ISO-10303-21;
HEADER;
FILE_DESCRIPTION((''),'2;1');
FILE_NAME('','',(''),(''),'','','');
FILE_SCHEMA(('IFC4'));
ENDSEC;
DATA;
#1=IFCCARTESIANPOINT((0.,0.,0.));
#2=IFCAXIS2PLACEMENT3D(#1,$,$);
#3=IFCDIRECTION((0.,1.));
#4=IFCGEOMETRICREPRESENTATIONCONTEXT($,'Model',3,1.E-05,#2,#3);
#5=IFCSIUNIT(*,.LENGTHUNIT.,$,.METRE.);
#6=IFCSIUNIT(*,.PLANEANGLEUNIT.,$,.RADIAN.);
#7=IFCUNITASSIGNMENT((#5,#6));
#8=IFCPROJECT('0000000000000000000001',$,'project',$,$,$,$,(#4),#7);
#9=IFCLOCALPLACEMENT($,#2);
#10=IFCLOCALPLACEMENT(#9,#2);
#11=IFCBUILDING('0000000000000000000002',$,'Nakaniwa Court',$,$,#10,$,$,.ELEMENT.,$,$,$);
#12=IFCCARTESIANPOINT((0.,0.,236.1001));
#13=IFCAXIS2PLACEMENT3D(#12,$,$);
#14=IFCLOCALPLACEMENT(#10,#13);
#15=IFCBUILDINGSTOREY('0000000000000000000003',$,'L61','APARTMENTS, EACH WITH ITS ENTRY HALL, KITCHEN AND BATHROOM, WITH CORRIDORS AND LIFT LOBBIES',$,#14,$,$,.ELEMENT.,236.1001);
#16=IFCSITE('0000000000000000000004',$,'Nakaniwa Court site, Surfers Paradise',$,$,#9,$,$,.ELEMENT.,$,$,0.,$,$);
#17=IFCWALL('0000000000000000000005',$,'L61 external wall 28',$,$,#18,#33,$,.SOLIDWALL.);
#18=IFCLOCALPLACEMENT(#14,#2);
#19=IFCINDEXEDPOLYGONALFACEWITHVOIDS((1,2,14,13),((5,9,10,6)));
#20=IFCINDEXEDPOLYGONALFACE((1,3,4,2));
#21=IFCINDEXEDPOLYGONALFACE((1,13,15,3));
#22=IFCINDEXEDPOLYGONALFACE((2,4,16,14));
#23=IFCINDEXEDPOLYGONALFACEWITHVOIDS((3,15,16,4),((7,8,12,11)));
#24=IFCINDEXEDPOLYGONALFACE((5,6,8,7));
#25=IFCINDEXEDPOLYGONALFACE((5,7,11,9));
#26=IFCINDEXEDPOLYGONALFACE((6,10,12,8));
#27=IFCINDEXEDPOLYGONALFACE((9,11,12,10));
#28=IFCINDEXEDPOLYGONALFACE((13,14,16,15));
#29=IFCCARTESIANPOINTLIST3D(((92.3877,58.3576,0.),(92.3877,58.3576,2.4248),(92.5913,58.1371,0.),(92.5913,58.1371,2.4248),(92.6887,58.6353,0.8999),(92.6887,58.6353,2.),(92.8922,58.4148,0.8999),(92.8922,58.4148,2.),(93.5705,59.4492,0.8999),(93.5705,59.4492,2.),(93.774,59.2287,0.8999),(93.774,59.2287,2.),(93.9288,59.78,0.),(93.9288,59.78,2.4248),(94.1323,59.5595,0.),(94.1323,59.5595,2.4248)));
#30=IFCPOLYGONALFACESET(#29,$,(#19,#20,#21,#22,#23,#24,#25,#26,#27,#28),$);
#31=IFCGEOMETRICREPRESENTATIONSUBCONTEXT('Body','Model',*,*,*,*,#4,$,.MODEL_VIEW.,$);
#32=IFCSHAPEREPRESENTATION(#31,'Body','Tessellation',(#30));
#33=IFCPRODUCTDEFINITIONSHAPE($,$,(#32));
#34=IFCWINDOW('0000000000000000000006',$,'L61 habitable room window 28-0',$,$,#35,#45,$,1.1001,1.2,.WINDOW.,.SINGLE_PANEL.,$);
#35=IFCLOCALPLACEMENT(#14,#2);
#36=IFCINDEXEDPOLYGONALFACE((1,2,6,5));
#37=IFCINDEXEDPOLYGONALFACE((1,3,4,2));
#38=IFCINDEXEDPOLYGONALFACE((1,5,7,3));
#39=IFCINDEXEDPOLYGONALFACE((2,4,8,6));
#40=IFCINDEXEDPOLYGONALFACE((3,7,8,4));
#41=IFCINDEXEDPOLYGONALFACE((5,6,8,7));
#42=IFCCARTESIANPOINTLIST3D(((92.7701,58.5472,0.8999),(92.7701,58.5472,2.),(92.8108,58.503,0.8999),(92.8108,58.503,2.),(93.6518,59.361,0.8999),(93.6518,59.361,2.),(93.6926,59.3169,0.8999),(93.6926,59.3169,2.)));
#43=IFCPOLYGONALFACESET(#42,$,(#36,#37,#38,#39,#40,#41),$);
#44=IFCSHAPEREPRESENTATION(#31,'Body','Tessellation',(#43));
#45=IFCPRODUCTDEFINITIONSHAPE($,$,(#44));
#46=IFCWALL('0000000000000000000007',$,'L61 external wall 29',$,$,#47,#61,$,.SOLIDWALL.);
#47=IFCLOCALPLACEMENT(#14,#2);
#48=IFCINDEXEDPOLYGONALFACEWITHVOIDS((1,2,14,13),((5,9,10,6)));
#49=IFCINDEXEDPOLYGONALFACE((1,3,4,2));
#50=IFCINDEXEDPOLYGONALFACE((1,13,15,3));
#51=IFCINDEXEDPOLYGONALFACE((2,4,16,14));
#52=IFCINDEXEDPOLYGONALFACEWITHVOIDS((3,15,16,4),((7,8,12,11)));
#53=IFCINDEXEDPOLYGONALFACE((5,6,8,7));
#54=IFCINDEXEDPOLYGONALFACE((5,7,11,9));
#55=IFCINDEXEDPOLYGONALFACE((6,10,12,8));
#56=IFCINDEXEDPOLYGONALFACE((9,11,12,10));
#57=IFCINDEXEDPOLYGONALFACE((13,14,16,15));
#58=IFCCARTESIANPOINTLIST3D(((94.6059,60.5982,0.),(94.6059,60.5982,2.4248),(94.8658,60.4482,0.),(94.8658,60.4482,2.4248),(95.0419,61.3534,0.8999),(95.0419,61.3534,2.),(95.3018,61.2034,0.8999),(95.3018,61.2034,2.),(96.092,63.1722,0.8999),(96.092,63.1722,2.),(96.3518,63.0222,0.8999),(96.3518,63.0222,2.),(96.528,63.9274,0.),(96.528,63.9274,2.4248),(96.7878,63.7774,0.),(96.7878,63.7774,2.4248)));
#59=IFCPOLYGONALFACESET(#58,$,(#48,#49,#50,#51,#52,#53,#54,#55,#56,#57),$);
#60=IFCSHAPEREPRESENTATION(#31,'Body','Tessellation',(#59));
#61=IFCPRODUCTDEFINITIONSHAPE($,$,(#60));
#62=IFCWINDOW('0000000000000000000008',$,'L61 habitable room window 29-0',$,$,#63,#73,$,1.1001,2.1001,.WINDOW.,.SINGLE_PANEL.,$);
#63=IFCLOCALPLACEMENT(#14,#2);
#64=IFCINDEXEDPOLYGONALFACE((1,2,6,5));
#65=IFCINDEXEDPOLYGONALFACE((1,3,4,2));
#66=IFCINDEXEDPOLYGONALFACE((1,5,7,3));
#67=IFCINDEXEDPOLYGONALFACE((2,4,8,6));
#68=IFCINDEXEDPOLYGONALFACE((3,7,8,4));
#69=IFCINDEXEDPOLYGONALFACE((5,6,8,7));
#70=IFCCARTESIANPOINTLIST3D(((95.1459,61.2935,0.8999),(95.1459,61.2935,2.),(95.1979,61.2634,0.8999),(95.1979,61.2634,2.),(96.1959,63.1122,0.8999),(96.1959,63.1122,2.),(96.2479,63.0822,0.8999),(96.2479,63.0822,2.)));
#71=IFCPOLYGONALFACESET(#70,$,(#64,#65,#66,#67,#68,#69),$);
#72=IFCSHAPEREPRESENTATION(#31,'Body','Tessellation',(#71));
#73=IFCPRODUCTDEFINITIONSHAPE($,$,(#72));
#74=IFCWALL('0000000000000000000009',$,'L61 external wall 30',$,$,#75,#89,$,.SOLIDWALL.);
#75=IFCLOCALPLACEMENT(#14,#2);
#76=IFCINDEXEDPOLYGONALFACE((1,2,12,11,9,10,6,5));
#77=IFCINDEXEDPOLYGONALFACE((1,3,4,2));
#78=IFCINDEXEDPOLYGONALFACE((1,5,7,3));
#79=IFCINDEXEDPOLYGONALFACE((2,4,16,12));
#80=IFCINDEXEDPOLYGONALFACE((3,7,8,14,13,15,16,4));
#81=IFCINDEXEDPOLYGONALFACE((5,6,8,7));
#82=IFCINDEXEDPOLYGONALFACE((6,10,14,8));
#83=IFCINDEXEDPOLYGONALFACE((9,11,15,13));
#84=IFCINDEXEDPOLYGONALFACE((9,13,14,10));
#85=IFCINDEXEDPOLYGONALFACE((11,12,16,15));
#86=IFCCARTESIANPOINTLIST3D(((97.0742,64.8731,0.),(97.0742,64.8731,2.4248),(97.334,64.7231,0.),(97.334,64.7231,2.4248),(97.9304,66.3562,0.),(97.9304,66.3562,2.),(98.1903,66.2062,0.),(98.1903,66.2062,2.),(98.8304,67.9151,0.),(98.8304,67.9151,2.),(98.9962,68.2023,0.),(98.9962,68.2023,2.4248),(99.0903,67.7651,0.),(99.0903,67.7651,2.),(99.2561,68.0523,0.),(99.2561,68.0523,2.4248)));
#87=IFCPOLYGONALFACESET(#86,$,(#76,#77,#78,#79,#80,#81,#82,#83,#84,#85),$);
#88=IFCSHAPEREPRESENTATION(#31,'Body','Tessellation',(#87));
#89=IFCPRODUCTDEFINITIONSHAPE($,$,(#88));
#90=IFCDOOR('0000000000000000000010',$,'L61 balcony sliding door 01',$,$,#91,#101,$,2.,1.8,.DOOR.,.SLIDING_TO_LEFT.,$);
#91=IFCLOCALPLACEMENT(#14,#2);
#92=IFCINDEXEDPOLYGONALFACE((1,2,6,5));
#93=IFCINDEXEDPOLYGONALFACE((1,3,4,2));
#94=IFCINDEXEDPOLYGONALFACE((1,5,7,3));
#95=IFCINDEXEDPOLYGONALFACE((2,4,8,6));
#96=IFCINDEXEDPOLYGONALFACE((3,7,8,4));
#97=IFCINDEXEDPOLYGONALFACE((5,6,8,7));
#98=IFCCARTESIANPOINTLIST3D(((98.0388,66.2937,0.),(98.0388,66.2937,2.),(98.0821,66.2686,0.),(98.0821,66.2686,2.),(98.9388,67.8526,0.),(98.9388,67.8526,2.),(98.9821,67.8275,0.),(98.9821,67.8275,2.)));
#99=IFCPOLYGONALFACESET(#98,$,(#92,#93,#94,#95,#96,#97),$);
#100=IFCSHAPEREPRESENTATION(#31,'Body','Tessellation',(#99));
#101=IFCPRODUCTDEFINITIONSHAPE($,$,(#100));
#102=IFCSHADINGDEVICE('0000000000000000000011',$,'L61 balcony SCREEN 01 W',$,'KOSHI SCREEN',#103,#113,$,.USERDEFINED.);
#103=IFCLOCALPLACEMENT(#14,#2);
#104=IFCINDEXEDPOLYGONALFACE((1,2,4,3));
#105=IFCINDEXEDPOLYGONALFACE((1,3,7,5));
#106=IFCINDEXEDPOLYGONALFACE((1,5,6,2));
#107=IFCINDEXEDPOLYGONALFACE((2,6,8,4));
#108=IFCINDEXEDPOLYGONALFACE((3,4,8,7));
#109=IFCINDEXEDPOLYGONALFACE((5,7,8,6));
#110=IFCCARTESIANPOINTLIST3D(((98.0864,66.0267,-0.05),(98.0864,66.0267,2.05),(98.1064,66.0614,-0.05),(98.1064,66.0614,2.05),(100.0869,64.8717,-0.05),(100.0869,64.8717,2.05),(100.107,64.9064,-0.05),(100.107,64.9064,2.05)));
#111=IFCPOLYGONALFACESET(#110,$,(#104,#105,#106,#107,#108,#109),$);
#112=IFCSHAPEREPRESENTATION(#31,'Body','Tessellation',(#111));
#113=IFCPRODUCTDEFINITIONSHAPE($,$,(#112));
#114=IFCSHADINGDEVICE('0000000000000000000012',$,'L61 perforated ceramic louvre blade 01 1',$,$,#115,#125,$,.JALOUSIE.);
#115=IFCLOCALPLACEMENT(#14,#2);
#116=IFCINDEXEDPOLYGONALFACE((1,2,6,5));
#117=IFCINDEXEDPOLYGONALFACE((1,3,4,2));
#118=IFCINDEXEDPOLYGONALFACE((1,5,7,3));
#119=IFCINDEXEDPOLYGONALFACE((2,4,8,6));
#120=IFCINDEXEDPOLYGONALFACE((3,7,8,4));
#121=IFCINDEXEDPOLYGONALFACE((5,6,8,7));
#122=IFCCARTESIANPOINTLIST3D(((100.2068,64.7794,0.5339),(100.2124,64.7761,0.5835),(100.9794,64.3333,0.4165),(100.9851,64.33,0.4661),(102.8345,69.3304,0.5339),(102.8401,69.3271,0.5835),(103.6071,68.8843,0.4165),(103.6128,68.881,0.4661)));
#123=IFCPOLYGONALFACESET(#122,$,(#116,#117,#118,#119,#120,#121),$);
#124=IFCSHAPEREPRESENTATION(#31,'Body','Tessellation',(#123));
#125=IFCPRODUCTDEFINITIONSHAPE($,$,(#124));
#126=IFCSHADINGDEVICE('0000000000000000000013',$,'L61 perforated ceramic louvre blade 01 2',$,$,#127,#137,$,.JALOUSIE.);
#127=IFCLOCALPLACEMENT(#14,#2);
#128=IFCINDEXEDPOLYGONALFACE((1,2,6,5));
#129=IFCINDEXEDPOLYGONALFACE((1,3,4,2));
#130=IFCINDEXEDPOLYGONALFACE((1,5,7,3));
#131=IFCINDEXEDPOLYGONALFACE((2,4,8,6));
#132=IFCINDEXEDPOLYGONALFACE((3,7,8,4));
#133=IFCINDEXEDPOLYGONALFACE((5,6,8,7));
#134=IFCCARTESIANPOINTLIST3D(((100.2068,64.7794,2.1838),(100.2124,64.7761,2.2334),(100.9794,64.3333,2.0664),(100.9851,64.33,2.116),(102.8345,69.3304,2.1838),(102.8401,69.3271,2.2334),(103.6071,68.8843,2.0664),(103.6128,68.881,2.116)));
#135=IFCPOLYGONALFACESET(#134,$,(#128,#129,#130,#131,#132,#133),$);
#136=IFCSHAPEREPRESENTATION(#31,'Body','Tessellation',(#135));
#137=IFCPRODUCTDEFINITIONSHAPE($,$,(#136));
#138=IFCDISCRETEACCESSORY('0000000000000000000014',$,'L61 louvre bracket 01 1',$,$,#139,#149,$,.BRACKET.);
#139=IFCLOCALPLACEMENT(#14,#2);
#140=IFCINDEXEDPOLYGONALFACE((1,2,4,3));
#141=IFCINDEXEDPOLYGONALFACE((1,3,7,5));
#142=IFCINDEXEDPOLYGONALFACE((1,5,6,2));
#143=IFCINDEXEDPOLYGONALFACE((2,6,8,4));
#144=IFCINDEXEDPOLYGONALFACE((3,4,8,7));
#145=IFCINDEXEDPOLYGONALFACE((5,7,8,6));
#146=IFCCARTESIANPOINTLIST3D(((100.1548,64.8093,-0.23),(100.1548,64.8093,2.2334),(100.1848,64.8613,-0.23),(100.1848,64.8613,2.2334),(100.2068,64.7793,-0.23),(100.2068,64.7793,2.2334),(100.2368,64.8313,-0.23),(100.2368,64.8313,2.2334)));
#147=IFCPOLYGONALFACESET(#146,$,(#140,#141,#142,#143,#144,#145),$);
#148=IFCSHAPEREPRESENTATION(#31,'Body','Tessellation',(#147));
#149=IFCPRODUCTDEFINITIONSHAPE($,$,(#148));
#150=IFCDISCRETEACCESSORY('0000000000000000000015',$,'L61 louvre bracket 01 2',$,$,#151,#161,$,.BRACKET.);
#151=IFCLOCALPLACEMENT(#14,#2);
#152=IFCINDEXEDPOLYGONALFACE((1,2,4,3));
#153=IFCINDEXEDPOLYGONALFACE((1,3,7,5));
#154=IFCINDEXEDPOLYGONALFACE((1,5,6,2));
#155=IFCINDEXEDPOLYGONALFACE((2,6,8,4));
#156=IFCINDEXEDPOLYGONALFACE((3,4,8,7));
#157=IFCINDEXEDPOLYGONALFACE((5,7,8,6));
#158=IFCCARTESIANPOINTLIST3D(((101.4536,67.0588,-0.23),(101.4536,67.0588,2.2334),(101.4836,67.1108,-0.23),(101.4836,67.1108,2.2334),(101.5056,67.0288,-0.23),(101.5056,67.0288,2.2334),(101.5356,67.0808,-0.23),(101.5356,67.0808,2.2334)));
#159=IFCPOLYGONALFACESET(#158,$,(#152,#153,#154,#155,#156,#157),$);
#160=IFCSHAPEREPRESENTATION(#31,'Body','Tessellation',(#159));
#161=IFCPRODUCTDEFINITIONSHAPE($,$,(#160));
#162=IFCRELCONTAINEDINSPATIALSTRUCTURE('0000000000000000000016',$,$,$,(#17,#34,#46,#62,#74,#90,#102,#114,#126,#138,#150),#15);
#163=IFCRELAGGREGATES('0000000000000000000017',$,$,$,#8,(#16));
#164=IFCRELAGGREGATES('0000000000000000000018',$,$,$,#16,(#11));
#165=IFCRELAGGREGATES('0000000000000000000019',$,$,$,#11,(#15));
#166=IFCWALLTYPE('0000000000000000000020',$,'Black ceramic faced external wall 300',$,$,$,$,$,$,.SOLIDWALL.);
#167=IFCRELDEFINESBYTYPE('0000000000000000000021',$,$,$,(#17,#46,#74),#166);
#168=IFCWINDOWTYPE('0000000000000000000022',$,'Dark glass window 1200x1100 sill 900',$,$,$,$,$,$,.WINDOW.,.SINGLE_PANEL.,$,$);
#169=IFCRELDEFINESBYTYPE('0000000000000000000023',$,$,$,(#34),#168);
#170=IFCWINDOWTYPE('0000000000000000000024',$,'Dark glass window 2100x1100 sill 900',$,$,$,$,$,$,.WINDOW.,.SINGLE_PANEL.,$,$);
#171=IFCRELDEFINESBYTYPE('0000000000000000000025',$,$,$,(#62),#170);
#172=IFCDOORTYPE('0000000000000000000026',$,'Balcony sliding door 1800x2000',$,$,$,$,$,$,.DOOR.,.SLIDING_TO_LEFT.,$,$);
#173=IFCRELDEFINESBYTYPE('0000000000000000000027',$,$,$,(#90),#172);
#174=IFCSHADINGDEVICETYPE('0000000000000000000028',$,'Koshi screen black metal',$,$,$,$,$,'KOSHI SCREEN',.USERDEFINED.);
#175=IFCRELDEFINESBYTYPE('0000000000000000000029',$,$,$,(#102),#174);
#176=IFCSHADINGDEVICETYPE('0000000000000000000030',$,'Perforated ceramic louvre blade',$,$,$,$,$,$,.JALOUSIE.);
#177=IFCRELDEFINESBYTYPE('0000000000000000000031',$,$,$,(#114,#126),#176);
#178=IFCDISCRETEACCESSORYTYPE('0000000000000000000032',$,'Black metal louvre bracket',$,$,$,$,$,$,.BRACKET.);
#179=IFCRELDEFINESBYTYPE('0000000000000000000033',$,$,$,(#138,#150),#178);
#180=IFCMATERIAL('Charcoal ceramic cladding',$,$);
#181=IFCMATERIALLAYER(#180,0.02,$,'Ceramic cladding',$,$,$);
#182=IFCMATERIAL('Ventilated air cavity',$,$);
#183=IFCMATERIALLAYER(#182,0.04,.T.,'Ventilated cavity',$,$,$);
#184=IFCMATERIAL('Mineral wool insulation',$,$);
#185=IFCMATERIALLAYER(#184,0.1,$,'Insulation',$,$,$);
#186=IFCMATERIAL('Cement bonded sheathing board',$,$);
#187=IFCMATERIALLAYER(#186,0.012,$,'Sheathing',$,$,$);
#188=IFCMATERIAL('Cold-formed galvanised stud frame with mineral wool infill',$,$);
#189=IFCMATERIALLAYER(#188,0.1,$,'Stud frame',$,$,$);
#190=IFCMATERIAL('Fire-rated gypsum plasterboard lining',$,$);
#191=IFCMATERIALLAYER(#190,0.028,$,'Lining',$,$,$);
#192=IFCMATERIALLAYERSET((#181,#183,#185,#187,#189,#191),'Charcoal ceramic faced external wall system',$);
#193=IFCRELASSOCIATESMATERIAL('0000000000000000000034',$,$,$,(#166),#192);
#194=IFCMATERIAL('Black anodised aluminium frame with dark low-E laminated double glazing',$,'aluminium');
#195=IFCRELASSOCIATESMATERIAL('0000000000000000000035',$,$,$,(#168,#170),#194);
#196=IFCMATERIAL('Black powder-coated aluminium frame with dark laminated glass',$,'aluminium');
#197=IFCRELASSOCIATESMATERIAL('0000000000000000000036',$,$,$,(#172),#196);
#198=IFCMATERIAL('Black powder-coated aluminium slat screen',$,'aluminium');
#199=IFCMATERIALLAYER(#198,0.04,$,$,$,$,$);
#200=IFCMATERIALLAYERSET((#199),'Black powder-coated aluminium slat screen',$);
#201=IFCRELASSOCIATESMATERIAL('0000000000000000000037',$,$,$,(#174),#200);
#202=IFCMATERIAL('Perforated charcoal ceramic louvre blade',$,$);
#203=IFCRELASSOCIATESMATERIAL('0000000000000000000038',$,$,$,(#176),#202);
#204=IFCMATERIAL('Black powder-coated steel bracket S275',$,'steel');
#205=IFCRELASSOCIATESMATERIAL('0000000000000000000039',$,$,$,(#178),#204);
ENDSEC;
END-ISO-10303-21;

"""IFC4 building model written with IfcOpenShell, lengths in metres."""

from ifc_helpers import new_model, si_unit, direction, frame, frame_2d, origin, origin_2d, place, context, subcontext, project, spatial, rectangle, extrude, material, layer, layer_set, material_profile, profile_set, type_object, element, fill, save


model = new_model("IFC4")

# Units and contexts
model_context = context("Model", 3, precision=1e-05, world=origin(), true_north=direction((0.0, 1.0)))
body_context = subcontext(model_context, "Body", "Model", "MODEL_VIEW")
ifc_project = project(units=[si_unit("LENGTHUNIT", "METRE"), si_unit("PLANEANGLEUNIT", "RADIAN")], contexts=[model_context])

# Site, building, storey
site_placement = place(None, origin())
site = spatial("IfcSite", under=ifc_project, at=site_placement, Name="Nakaniwa Court site, Surfers Paradise", CompositionType="ELEMENT", RefElevation=0.0)
building_placement = place(site_placement, origin())
building = spatial("IfcBuilding", under=site, at=building_placement, Name="Nakaniwa Court", CompositionType="ELEMENT")
storey_placement = place(building_placement, frame((0.0, 0.0, 236.1001)))
storey = spatial("IfcBuildingStorey", under=building, at=storey_placement, Name="L61", Description="APARTMENTS, EACH WITH ITS ENTRY HALL, KITCHEN AND BATHROOM, WITH CORRIDORS AND LIFT LOBBIES", CompositionType="ELEMENT", Elevation=236.1001)

# Walls, openings, windows
ifc_material_1 = material(Name="Charcoal ceramic cladding")
ifc_layer_1 = layer(ifc_material_1, 0.02, Name="Ceramic cladding")
ifc_material_2 = material(Name="Ventilated air cavity")
ifc_layer_2 = layer(ifc_material_2, 0.04, ventilated=True, Name="Ventilated cavity")
ifc_material_3 = material(Name="Mineral wool insulation")
ifc_layer_3 = layer(ifc_material_3, 0.1, Name="Insulation")
ifc_material_4 = material(Name="Cement bonded sheathing board")
ifc_layer_4 = layer(ifc_material_4, 0.012, Name="Sheathing")
ifc_material_5 = material(Name="Cold-formed galvanised stud frame with mineral wool infill")
ifc_layer_5 = layer(ifc_material_5, 0.1, Name="Stud frame")
ifc_material_6 = material(Name="Fire-rated gypsum plasterboard lining")
ifc_layer_6 = layer(ifc_material_6, 0.028, Name="Lining")
ifc_layer_set_1 = layer_set([ifc_layer_1, ifc_layer_2, ifc_layer_3, ifc_layer_4, ifc_layer_5, ifc_layer_6], Name="Charcoal ceramic faced external wall system")
wall_type_1 = type_object("IfcWallType", Name="Black ceramic faced external wall 300", PredefinedType="SOLIDWALL", material=ifc_layer_set_1)
ifc_material_7 = material(Name="Black anodised aluminium frame with dark low-E laminated double glazing", Category="aluminium")
window_type_1 = type_object("IfcWindowType", Name="Dark glass window 1200x1100 sill 900", PartitioningType="SINGLE_PANEL", PredefinedType="WINDOW", material=ifc_material_7)
wall_1_placement = place(storey_placement, frame((92.4895, 58.2473, 0.0), z_axis=(0.0, 0.0, 1.0), x_axis=(0.73483, 0.678251, 0.0)))
wall_1 = element("IfcWall", 1, at=wall_1_placement, inside=storey, type_object=wall_type_1, Name="L61 external wall 28", PredefinedType="SOLIDWALL", context=body_context, shape_type="SweptSolid", body=[
    extrude(rectangle(XDim=2.0972, YDim=0.3, at=frame_2d((1.0486, 0.0))), origin(), (0.0, 0.0, 1.0), 2.4248),
])
opening_1_placement = place(wall_1_placement, frame((0.4094, 0.0, 0.8999)))
opening_1 = element("IfcOpeningElement", 2, at=opening_1_placement, cuts=wall_1, PredefinedType="OPENING", context=body_context, shape_type="SweptSolid", body=[
    extrude(rectangle(XDim=1.2, YDim=1.1001, at=frame_2d((0.6001, 0.55))), frame((0.0, 0.1599, 0.0), z_axis=(0.0, -1.0, 0.0), x_axis=(1.0, 0.0, 0.0)), (0.0, 0.0, 1.0), 0.3201),
])
window_1_placement = place(opening_1_placement, origin())
window_1 = element("IfcWindow", 3, at=window_1_placement, inside=storey, type_object=window_type_1, Name="L61 habitable room window 28-0", OverallHeight=1.1001, OverallWidth=1.2, PartitioningType="SINGLE_PANEL", PredefinedType="WINDOW", context=body_context, shape_type="SweptSolid", body=[
    extrude(rectangle(XDim=1.2, YDim=1.1001, at=frame_2d((0.6001, 0.55))), frame((0.0, 0.03, 0.0), z_axis=(0.0, -1.0, 0.0), x_axis=(1.0, 0.0, 0.0)), (0.0, 0.0, 1.0), 0.0601),
])
fill(opening_1, window_1)
wall_2_placement = place(storey_placement, frame((94.7358, 60.5232, 0.0), z_axis=(0.0, 0.0, 1.0), x_axis=(0.499984, 0.866034, 0.0)))
wall_2 = element("IfcWall", 4, at=wall_2_placement, inside=storey, type_object=wall_type_1, Name="L61 external wall 29", PredefinedType="SOLIDWALL", context=body_context, shape_type="SweptSolid", body=[
    extrude(rectangle(XDim=3.8442, YDim=0.3, at=frame_2d((1.9221, 0.0))), origin(), (0.0, 0.0, 1.0), 2.4248),
])
opening_2_placement = place(wall_2_placement, frame((0.8721, 0.0, 0.8999)))
opening_2 = element("IfcOpeningElement", 5, at=opening_2_placement, cuts=wall_2, PredefinedType="OPENING", context=body_context, shape_type="SweptSolid", body=[
    extrude(rectangle(XDim=2.1001, YDim=1.1001, at=frame_2d((1.05, 0.55))), frame((0.0, 0.1599, 0.0), z_axis=(0.0, -1.0, 0.0), x_axis=(1.0, 0.0, 0.0)), (0.0, 0.0, 1.0), 0.3201),
])
window_type_2 = type_object("IfcWindowType", Name="Dark glass window 2100x1100 sill 900", PartitioningType="SINGLE_PANEL", PredefinedType="WINDOW", material=ifc_material_7)
window_2_placement = place(opening_2_placement, origin())
window_2 = element("IfcWindow", 6, at=window_2_placement, inside=storey, type_object=window_type_2, Name="L61 habitable room window 29-0", OverallHeight=1.1001, OverallWidth=2.1001, PartitioningType="SINGLE_PANEL", PredefinedType="WINDOW", context=body_context, shape_type="SweptSolid", body=[
    extrude(rectangle(XDim=2.1001, YDim=1.1001, at=frame_2d((1.05, 0.55))), frame((0.0, 0.03, 0.0), z_axis=(0.0, -1.0, 0.0), x_axis=(1.0, 0.0, 0.0)), (0.0, 0.0, 1.0), 0.0601),
])
fill(opening_2, window_2)

# Wall, opening, door
wall_3_placement = place(storey_placement, frame((97.2041, 64.7981, 0.0), z_axis=(0.0, 0.0, 1.0), x_axis=(0.499984, 0.866034, 0.0)))
wall_3 = element("IfcWall", 7, at=wall_3_placement, inside=storey, type_object=wall_type_1, Name="L61 external wall 30", PredefinedType="SOLIDWALL", context=body_context, shape_type="SweptSolid", body=[
    extrude(rectangle(XDim=3.8442, YDim=0.3, at=frame_2d((1.9221, 0.0))), origin(), (0.0, 0.0, 1.0), 2.4248),
])
opening_3_placement = place(wall_3_placement, frame((1.7126, 0.0, 0.0)))
opening_3 = element("IfcOpeningElement", 8, at=opening_3_placement, cuts=wall_3, PredefinedType="OPENING", context=body_context, shape_type="SweptSolid", body=[
    extrude(rectangle(XDim=1.8, YDim=2.0, at=frame_2d((0.8999, 1.0))), frame((0.0, 0.1599, 0.0), z_axis=(0.0, -1.0, 0.0), x_axis=(1.0, 0.0, 0.0)), (0.0, 0.0, 1.0), 0.3201),
])
ifc_material_8 = material(Name="Black powder-coated aluminium frame with dark laminated glass", Category="aluminium")
door_type = type_object("IfcDoorType", Name="Balcony sliding door 1800x2000", OperationType="SLIDING_TO_LEFT", PredefinedType="DOOR", material=ifc_material_8)
door_placement = place(opening_3_placement, origin())
door = element("IfcDoor", 9, at=door_placement, inside=storey, type_object=door_type, Name="L61 balcony sliding door 01", OperationType="SLIDING_TO_LEFT", OverallHeight=2.0, OverallWidth=1.8, PredefinedType="DOOR", context=body_context, shape_type="SweptSolid", body=[
    extrude(rectangle(XDim=1.8, YDim=2.0, at=frame_2d((0.8999, 1.0))), frame((0.0, 0.0249, 0.0), z_axis=(0.0, -1.0, 0.0), x_axis=(1.0, 0.0, 0.0)), (0.0, 0.0, 1.0), 0.05),
])
fill(opening_3, door)

# Shading devices
ifc_material_9 = material(Name="Black powder-coated aluminium slat screen", Category="aluminium")
ifc_layer_7 = layer(ifc_material_9, 0.04)
ifc_layer_set_2 = layer_set([ifc_layer_7], Name="Black powder-coated aluminium slat screen")
shading_device_type_1 = type_object("IfcShadingDeviceType", Name="Koshi screen black metal", ElementType="KOSHI SCREEN", PredefinedType="USERDEFINED", material=ifc_layer_set_2)
shading_device_placement = place(storey_placement, frame((99.0967, 65.4666, -0.05), z_axis=(0.0, 0.0, 1.0), x_axis=(0.500017, 0.866016, 0.0)))
element("IfcShadingDevice", 10, at=shading_device_placement, inside=storey, type_object=shading_device_type_1, Name="L61 balcony SCREEN 01 W", ObjectType="KOSHI SCREEN", PredefinedType="USERDEFINED", context=body_context, shape_type="SweptSolid", body=[
    extrude(rectangle(XDim=0.04, YDim=2.3101, at=origin_2d()), origin(), (0.0, 0.0, 1.0), 2.1001),
])
ifc_material_10 = material(Name="Perforated charcoal ceramic louvre blade")
ifc_material_profile_1 = material_profile(ifc_material_10, rectangle(XDim=0.8999, YDim=0.05, at=origin_2d()), Name="Perforated ceramic louvre blade")
ifc_profile_set_1 = profile_set([ifc_material_profile_1], Name="Perforated charcoal ceramic louvre blade")
shading_device_type_2 = type_object("IfcShadingDeviceType", Name="Perforated ceramic louvre blade", PredefinedType="JALOUSIE", material=ifc_profile_set_1)
for number, where, z_axis, x_axis, name in (
    (11, (100.5959, 64.5547, 0.5), (0.500021, 0.866013, 0.0), (-0.858604, 0.495744, 0.130526), "L61 perforated ceramic louvre blade 01 1"),
    (12, (100.5959, 64.5547, 2.1499), (0.500021, 0.866013, 0.0), (-0.858604, 0.495744, 0.130526), "L61 perforated ceramic louvre blade 01 2"),
):
    element("IfcShadingDevice", number, at=place(storey_placement, frame(where, z_axis=z_axis, x_axis=x_axis)), inside=storey, type_object=shading_device_type_2, Name=name, PredefinedType="JALOUSIE", context=body_context, shape_type="SweptSolid", body=[
        extrude(rectangle(XDim=0.8999, YDim=0.05, at=origin_2d()), origin(), (0.0, 0.0, 1.0), 5.2551),
    ])

# Discrete accessories
ifc_material_11 = material(Name="Black powder-coated steel bracket S275", Category="steel")
discrete_accessory_type_1 = type_object("IfcDiscreteAccessoryType", Name="Black metal louvre bracket", PredefinedType="BRACKET", material=ifc_material_11)
for number, where, z_axis, x_axis, name in (
    (13, (100.1958, 64.8203, -0.23), (0.0, 0.0, 1.0), (0.500017, 0.866016, 0.0), "L61 louvre bracket 01 1"),
    (14, (101.4946, 67.0698, -0.23), (0.0, 0.0, 1.0), (0.500017, 0.866016, 0.0), "L61 louvre bracket 01 2"),
):
    element("IfcDiscreteAccessory", number, at=place(storey_placement, frame(where, z_axis=z_axis, x_axis=x_axis)), inside=storey, type_object=discrete_accessory_type_1, Name=name, PredefinedType="BRACKET", context=body_context, shape_type="SweptSolid", body=[
        extrude(rectangle(XDim=0.0601, YDim=0.0601, at=origin_2d()), origin(), (0.0, 0.0, 1.0), 2.4634),
    ])

save(model, "model.ifc")
